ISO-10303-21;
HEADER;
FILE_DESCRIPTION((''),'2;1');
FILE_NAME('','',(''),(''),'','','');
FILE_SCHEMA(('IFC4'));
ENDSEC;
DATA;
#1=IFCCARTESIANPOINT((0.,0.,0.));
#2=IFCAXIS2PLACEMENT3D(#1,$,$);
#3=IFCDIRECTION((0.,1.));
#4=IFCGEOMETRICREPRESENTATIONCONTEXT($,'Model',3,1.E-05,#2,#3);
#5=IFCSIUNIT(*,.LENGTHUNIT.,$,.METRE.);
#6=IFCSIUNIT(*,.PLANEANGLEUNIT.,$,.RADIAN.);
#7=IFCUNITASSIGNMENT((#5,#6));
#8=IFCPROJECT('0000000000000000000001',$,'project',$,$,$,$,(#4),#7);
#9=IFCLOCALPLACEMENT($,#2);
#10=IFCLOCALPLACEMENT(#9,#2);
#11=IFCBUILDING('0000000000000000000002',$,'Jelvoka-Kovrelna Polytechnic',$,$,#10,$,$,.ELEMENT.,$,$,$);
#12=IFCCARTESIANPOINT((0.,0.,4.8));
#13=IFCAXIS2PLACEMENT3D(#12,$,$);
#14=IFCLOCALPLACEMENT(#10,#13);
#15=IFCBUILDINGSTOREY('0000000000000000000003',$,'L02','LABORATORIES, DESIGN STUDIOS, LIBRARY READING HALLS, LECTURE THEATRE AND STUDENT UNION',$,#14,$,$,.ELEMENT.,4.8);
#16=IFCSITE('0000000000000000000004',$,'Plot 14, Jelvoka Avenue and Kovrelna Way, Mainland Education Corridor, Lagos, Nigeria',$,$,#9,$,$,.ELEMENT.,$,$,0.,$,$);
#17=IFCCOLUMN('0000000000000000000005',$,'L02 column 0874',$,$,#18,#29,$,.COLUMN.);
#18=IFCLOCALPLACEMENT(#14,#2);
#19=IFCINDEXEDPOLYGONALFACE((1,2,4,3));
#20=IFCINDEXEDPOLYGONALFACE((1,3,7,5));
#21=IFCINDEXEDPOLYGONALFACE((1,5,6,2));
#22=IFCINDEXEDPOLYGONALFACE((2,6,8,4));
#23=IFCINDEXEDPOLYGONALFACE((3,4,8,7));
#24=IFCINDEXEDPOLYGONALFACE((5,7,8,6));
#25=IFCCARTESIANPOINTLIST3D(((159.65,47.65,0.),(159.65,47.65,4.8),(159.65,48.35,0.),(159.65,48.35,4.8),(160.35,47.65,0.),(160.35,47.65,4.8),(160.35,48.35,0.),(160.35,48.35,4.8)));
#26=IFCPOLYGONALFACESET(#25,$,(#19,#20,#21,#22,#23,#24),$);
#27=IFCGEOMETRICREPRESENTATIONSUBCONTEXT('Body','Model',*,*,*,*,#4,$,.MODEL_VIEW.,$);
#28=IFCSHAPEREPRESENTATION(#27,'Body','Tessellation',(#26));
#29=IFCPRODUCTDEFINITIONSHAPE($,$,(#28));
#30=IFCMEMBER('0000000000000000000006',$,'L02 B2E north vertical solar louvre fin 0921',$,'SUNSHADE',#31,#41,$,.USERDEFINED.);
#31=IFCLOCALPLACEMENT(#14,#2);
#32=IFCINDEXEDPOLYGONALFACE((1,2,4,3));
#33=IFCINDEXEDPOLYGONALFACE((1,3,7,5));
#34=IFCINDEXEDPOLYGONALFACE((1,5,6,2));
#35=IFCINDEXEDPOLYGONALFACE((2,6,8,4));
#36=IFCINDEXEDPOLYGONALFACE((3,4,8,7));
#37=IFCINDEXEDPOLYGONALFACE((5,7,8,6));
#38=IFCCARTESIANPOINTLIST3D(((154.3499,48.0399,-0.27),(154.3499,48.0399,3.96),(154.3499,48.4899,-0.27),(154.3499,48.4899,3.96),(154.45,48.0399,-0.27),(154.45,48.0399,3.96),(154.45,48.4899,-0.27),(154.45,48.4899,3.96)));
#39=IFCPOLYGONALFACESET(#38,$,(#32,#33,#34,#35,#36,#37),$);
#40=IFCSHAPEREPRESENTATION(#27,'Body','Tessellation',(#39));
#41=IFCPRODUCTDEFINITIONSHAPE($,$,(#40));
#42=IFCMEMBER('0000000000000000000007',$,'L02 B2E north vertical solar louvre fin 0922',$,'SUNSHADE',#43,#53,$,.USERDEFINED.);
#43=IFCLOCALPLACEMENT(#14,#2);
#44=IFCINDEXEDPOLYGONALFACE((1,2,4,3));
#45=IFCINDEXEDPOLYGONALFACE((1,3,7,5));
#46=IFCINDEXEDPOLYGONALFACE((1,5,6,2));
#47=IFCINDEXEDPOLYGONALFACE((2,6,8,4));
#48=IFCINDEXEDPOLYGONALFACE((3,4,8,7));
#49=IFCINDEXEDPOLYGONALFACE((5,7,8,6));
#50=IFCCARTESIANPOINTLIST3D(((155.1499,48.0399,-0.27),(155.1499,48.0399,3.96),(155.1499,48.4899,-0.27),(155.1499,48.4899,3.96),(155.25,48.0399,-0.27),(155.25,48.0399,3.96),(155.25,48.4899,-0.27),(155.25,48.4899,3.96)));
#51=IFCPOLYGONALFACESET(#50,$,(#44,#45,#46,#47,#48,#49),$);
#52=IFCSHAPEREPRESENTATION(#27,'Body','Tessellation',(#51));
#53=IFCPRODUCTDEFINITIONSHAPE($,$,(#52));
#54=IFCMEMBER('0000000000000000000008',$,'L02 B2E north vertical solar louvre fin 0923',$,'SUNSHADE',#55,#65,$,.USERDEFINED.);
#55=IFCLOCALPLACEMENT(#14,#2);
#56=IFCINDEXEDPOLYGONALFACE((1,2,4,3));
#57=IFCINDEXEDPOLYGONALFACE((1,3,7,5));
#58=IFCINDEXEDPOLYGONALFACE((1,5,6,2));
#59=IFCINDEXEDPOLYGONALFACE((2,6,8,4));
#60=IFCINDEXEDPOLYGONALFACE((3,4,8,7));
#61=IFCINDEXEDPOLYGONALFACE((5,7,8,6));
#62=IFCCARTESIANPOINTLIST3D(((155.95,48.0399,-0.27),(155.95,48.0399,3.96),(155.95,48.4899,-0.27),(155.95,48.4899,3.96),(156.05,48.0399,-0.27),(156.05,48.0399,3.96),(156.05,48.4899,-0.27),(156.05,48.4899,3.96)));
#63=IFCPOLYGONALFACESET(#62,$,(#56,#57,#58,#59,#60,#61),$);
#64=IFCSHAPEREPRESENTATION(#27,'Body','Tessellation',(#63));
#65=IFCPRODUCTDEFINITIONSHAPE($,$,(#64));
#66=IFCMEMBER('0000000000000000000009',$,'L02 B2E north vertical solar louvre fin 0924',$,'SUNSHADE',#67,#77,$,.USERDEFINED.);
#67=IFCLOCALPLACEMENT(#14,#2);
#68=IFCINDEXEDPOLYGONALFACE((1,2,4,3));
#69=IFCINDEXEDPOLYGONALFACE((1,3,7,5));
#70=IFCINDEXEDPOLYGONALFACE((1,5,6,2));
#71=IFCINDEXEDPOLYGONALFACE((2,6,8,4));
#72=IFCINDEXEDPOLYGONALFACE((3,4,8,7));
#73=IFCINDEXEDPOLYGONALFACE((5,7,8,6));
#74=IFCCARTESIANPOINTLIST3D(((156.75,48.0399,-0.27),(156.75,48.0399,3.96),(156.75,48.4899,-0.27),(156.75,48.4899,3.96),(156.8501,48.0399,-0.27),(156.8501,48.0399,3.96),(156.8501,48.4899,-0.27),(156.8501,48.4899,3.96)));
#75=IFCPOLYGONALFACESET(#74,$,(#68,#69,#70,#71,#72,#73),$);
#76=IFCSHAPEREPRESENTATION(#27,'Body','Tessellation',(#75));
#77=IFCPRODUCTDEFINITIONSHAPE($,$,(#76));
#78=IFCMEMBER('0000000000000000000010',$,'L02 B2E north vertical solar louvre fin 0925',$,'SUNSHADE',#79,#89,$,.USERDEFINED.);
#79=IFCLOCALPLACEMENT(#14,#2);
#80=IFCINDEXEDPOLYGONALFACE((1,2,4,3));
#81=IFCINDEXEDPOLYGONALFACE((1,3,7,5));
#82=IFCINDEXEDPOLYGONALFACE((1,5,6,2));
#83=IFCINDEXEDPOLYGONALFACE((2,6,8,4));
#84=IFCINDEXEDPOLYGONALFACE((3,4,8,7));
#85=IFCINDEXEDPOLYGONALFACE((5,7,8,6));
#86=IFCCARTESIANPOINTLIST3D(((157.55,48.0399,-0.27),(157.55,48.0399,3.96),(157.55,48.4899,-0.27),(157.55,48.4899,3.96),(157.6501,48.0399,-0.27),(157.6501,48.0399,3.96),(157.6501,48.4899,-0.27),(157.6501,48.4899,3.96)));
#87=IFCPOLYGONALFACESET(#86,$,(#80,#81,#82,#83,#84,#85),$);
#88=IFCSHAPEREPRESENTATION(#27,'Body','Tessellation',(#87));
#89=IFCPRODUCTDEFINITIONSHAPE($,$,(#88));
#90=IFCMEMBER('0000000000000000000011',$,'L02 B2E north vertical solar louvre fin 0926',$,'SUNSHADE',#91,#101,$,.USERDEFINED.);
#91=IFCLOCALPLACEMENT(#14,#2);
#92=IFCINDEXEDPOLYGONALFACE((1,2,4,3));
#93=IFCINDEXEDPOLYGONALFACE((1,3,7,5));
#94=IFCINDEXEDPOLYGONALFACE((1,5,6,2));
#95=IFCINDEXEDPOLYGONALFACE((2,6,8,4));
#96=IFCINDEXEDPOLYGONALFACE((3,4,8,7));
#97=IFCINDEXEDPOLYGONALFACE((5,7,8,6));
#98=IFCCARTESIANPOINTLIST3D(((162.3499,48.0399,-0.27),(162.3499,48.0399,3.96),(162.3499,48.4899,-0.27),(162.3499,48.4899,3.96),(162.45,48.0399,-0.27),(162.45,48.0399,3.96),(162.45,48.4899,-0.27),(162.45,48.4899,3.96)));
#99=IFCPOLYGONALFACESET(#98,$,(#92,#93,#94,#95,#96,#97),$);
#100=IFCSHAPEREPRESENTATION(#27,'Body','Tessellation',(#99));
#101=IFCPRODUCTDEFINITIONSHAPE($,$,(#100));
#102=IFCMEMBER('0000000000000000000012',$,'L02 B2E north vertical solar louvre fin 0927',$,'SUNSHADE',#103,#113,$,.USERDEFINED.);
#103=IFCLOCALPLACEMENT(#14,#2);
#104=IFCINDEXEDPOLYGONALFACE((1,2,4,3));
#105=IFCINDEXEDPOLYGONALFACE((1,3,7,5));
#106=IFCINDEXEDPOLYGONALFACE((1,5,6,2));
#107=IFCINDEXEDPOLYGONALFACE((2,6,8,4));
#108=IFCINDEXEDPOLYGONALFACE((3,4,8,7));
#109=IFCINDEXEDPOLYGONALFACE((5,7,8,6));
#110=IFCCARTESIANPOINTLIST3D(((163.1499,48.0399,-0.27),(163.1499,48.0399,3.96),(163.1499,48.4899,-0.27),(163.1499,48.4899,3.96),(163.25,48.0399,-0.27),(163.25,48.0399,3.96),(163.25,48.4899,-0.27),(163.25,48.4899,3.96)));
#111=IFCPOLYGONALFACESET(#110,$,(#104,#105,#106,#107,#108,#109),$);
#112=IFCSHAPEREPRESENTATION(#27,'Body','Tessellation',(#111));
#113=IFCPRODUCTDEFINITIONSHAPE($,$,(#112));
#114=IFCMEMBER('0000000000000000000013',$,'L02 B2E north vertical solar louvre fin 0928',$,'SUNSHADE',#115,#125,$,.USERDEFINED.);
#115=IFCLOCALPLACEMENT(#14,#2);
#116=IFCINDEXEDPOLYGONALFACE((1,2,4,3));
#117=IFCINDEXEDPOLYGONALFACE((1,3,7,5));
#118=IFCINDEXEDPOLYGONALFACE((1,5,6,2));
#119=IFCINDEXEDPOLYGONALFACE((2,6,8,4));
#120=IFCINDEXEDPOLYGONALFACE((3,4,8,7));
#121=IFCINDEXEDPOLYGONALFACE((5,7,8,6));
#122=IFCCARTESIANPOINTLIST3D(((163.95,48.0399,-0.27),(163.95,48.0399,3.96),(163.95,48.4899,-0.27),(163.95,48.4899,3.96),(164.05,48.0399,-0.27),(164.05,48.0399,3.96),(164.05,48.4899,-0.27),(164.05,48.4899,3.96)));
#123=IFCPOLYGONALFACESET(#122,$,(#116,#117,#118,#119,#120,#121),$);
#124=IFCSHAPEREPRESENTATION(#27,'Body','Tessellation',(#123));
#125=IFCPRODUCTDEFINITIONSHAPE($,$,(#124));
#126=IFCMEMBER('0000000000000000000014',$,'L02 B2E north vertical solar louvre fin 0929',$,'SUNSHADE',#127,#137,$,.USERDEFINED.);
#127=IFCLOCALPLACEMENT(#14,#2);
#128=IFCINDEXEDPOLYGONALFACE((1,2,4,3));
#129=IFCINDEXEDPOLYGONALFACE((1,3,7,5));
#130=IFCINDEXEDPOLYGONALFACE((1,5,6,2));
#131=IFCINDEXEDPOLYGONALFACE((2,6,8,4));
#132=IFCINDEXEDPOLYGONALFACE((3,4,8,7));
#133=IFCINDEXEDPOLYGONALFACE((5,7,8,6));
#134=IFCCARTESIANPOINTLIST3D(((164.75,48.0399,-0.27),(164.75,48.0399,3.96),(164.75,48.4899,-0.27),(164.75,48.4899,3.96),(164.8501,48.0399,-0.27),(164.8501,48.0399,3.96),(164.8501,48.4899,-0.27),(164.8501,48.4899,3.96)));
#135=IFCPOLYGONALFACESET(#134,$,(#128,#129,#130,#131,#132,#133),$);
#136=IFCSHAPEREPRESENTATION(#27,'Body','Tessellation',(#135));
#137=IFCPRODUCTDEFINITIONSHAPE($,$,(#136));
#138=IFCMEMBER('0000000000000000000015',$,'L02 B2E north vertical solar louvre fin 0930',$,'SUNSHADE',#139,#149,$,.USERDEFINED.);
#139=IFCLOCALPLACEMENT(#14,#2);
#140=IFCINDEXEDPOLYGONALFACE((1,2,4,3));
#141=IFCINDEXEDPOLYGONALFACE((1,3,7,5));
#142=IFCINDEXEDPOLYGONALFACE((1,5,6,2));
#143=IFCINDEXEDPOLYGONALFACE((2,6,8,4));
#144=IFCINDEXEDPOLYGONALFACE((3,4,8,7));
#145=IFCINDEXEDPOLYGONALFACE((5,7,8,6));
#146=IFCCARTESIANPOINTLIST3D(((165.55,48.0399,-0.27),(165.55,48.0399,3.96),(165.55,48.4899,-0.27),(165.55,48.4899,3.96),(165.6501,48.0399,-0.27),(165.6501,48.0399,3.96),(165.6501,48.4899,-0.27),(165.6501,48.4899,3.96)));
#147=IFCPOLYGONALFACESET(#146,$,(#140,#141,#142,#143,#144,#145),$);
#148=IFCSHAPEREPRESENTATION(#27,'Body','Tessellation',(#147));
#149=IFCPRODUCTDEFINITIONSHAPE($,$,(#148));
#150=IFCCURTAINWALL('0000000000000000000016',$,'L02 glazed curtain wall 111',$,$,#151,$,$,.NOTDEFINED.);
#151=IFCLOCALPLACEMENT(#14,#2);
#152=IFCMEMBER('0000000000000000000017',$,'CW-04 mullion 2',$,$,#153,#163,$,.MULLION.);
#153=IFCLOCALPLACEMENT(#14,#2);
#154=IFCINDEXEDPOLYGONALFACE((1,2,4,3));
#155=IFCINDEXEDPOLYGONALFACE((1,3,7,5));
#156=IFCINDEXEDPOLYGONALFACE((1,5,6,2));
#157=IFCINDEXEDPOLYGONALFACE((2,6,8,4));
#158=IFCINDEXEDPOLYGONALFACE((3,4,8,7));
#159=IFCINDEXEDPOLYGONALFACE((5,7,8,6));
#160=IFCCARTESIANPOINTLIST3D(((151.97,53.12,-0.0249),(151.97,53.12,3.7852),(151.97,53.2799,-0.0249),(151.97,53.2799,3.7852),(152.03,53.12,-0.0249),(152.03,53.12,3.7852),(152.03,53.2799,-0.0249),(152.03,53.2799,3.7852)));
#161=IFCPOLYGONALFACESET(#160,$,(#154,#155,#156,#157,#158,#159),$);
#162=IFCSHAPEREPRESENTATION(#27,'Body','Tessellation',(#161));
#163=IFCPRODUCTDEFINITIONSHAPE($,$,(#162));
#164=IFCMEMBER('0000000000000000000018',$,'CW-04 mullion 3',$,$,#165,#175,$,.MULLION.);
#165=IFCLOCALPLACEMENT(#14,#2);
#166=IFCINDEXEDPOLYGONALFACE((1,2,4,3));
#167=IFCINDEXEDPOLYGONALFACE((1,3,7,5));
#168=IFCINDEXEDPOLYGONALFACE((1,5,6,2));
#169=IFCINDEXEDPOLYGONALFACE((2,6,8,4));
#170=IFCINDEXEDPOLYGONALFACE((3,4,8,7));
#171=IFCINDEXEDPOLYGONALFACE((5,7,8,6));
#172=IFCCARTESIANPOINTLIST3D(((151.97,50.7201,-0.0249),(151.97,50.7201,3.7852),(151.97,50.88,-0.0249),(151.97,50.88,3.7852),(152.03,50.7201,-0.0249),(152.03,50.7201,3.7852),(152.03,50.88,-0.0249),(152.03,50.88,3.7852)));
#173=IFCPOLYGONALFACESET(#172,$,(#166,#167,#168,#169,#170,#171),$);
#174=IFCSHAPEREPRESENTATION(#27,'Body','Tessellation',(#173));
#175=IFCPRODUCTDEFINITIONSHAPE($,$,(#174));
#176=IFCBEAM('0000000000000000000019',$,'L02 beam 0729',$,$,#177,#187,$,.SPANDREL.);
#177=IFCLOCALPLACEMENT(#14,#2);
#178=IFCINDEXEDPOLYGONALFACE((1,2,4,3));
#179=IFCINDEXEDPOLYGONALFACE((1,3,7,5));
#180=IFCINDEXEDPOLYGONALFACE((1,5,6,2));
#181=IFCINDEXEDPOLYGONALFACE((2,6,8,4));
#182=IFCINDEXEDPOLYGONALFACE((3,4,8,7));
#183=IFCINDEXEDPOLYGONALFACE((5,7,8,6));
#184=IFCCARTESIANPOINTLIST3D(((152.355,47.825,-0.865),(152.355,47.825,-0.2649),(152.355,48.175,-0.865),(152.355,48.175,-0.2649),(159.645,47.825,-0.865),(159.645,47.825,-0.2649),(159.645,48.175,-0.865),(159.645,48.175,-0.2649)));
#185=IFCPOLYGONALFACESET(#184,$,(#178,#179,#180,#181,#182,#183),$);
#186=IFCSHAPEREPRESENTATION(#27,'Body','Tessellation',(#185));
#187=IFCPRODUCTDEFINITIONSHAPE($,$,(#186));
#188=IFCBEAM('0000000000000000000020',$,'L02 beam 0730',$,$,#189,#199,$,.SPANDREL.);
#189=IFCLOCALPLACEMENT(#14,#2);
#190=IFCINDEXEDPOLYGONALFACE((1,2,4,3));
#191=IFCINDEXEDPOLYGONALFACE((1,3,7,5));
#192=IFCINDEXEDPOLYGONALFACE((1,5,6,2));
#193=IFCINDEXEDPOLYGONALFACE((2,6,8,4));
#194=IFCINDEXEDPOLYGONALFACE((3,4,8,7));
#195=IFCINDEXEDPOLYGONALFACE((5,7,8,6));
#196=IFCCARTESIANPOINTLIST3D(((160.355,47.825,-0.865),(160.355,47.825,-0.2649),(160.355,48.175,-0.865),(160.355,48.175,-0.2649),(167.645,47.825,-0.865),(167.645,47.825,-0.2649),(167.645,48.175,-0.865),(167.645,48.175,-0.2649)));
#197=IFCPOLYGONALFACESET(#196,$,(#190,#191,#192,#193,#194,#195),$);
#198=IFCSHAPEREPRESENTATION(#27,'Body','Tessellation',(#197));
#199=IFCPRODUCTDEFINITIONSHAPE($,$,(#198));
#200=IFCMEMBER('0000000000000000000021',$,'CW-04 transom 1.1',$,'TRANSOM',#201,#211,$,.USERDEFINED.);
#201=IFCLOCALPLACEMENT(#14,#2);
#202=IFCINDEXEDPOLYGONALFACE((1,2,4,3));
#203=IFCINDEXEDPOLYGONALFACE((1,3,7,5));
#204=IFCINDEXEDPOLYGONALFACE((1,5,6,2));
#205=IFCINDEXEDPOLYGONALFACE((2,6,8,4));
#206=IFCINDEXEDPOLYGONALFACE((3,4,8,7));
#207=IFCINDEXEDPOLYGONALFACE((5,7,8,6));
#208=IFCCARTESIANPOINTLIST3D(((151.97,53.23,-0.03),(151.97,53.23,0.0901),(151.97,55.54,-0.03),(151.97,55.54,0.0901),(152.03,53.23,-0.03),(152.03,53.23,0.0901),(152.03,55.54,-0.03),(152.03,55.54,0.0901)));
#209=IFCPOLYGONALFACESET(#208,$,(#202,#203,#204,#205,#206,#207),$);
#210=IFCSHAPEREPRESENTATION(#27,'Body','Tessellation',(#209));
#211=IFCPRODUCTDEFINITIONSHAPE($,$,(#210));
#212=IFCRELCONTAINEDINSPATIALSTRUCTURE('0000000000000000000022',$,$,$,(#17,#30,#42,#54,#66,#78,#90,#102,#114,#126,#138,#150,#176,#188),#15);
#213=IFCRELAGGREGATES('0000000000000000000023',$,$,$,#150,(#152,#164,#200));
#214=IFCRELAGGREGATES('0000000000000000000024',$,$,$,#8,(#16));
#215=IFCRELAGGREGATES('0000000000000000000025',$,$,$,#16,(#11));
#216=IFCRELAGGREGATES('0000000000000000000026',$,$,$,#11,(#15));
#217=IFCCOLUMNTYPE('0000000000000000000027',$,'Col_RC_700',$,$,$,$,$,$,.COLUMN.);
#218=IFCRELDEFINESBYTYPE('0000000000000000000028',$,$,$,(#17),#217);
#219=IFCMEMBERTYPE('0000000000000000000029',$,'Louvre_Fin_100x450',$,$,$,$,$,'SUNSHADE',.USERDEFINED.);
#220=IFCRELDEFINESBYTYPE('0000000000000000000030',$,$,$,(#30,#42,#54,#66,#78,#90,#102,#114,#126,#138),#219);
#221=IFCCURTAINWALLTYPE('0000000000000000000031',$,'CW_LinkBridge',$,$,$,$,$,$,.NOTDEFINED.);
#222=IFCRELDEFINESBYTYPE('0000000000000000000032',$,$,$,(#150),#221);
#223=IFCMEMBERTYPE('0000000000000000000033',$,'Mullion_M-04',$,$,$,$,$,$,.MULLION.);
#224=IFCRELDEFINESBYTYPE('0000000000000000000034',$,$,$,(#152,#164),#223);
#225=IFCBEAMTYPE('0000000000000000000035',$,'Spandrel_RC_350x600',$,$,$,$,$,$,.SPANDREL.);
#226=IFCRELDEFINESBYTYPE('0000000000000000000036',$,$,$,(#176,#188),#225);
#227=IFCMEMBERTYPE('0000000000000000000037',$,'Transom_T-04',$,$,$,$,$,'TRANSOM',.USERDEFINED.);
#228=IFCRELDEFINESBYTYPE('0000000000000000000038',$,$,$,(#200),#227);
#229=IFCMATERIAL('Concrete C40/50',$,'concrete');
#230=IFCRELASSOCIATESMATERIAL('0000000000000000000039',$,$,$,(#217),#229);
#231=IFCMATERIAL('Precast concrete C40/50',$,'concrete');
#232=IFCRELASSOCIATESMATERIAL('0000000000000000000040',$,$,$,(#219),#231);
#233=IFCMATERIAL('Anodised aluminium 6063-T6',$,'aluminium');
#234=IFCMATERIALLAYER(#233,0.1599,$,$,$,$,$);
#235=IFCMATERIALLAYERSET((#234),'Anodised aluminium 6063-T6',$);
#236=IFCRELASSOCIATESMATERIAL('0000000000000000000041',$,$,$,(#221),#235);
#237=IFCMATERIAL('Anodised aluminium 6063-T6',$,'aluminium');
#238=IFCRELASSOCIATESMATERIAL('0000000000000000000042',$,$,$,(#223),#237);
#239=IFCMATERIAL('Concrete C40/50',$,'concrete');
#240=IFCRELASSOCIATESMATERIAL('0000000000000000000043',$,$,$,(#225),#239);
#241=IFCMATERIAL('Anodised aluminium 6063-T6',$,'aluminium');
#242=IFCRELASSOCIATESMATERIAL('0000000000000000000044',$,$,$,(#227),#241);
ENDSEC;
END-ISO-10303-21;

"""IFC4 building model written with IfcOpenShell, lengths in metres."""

from ifc_helpers import new_model, si_unit, direction, frame, origin, origin_2d, place, context, subcontext, project, spatial, rectangle, extrude, material, layer, layer_set, material_profile, profile_set, type_object, element, aggregate, save


model = new_model("IFC4")

# Units and contexts
model_context = context("Model", 3, precision=1e-05, world=origin(), true_north=direction((0.0, 1.0)))
body_context = subcontext(model_context, "Body", "Model", "MODEL_VIEW")
ifc_project = project(units=[si_unit("LENGTHUNIT", "METRE"), si_unit("PLANEANGLEUNIT", "RADIAN")], contexts=[model_context])

# Site, building, storey
site_placement = place(None, origin())
site = spatial("IfcSite", under=ifc_project, at=site_placement, Name="Plot 14, Jelvoka Avenue and Kovrelna Way, Mainland Education Corridor, Lagos, Nigeria", CompositionType="ELEMENT", RefElevation=0.0)
building_placement = place(site_placement, origin())
building = spatial("IfcBuilding", under=site, at=building_placement, Name="Jelvoka-Kovrelna Polytechnic", CompositionType="ELEMENT")
storey_placement = place(building_placement, frame((0.0, 0.0, 4.8)))
storey = spatial("IfcBuildingStorey", under=building, at=storey_placement, Name="L02", Description="LABORATORIES, DESIGN STUDIOS, LIBRARY READING HALLS, LECTURE THEATRE AND STUDENT UNION", CompositionType="ELEMENT", Elevation=4.8)

# Column
ifc_material_1 = material(Name="Concrete C40/50", Category="concrete")
ifc_material_profile_1 = material_profile(ifc_material_1, rectangle(XDim=0.7, YDim=0.7, at=origin_2d()), Name="RC 700x700")
ifc_profile_set_1 = profile_set([ifc_material_profile_1], Name="Concrete C40/50")
column_type = type_object("IfcColumnType", Name="Col_RC_700", PredefinedType="COLUMN", material=ifc_profile_set_1)
column_placement = place(storey_placement, frame((160.0, 48.0, 0.0), z_axis=(0.0, 0.0, 1.0), x_axis=(1.0, 0.0, 0.0)))
element("IfcColumn", 1, at=column_placement, inside=storey, type_object=column_type, Name="L02 column 0874", PredefinedType="COLUMN", context=body_context, shape_type="SweptSolid", body=[
    extrude(rectangle(XDim=0.7, YDim=0.7, at=origin_2d()), origin(), (0.0, 0.0, 1.0), 4.8),
])

# Members
ifc_material_2 = material(Name="Precast concrete C40/50", Category="concrete")
ifc_material_profile_2 = material_profile(ifc_material_2, rectangle(XDim=0.1001, YDim=0.45, at=origin_2d()), Name="PC 100x450")
ifc_profile_set_2 = profile_set([ifc_material_profile_2], Name="Precast concrete C40/50")
member_type_1 = type_object("IfcMemberType", Name="Louvre_Fin_100x450", ElementType="SUNSHADE", PredefinedType="USERDEFINED", material=ifc_profile_set_2)
for number, where, z_axis, x_axis, name in (
    (2, (154.3999, 48.2649, -0.27), (0.0, 0.0, 1.0), (1.0, 0.0, 0.0), "L02 B2E north vertical solar louvre fin 0921"),
    (3, (155.2, 48.2649, -0.27), (0.0, 0.0, 1.0), (1.0, 0.0, 0.0), "L02 B2E north vertical solar louvre fin 0922"),
    (4, (156.0, 48.2649, -0.27), (0.0, 0.0, 1.0), (1.0, 0.0, 0.0), "L02 B2E north vertical solar louvre fin 0923"),
    (5, (156.8, 48.2649, -0.27), (0.0, 0.0, 1.0), (1.0, 0.0, 0.0), "L02 B2E north vertical solar louvre fin 0924"),
    (6, (157.6001, 48.2649, -0.27), (0.0, 0.0, 1.0), (1.0, 0.0, 0.0), "L02 B2E north vertical solar louvre fin 0925"),
    (7, (162.3999, 48.2649, -0.27), (0.0, 0.0, 1.0), (1.0, 0.0, 0.0), "L02 B2E north vertical solar louvre fin 0926"),
    (8, (163.2, 48.2649, -0.27), (0.0, 0.0, 1.0), (1.0, 0.0, 0.0), "L02 B2E north vertical solar louvre fin 0927"),
    (9, (164.0, 48.2649, -0.27), (0.0, 0.0, 1.0), (1.0, 0.0, 0.0), "L02 B2E north vertical solar louvre fin 0928"),
    (10, (164.8, 48.2649, -0.27), (0.0, 0.0, 1.0), (1.0, 0.0, 0.0), "L02 B2E north vertical solar louvre fin 0929"),
    (11, (165.6001, 48.2649, -0.27), (0.0, 0.0, 1.0), (1.0, 0.0, 0.0), "L02 B2E north vertical solar louvre fin 0930"),
):
    element("IfcMember", number, at=place(storey_placement, frame(where, z_axis=z_axis, x_axis=x_axis)), inside=storey, type_object=member_type_1, Name=name, ObjectType="SUNSHADE", PredefinedType="USERDEFINED", context=body_context, shape_type="SweptSolid", body=[
        extrude(rectangle(XDim=0.1001, YDim=0.45, at=origin_2d()), origin(), (0.0, 0.0, 1.0), 4.23),
    ])

# Curtain wall, members
ifc_material_3 = material(Name="Anodised aluminium 6063-T6", Category="aluminium")
ifc_layer_1 = layer(ifc_material_3, 0.1599)
ifc_layer_set_1 = layer_set([ifc_layer_1], Name="Anodised aluminium 6063-T6")
curtain_wall_type = type_object("IfcCurtainWallType", Name="CW_LinkBridge", PredefinedType="NOTDEFINED", material=ifc_layer_set_1)
curtain_wall_placement = place(storey_placement, origin())
curtain_wall = element("IfcCurtainWall", 12, at=curtain_wall_placement, inside=storey, type_object=curtain_wall_type, Name="L02 glazed curtain wall 111", PredefinedType="NOTDEFINED")
ifc_material_4 = material(Name="Anodised aluminium 6063-T6", Category="aluminium")
ifc_material_profile_3 = material_profile(ifc_material_4, rectangle(XDim=0.0601, YDim=0.1599, at=origin_2d()), Name="ALU 60x160")
ifc_profile_set_3 = profile_set([ifc_material_profile_3], Name="Anodised aluminium 6063-T6")
member_type_2 = type_object("IfcMemberType", Name="Mullion_M-04", PredefinedType="MULLION", material=ifc_profile_set_3)
member_1_placement = place(storey_placement, frame((152.0, 53.2, -0.0249), z_axis=(0.0, 0.0, 1.0), x_axis=(1.0, 0.0, 0.0)))
member_1 = element("IfcMember", 13, at=member_1_placement, type_object=member_type_2, Name="CW-04 mullion 2", PredefinedType="MULLION", context=body_context, shape_type="SweptSolid", body=[
    extrude(rectangle(XDim=0.0601, YDim=0.1599, at=origin_2d()), origin(), (0.0, 0.0, 1.0), 3.8101),
])
member_2_placement = place(storey_placement, frame((152.0, 50.8, -0.0249), z_axis=(0.0, 0.0, 1.0), x_axis=(1.0, 0.0, 0.0)))
member_2 = element("IfcMember", 14, at=member_2_placement, type_object=member_type_2, Name="CW-04 mullion 3", PredefinedType="MULLION", context=body_context, shape_type="SweptSolid", body=[
    extrude(rectangle(XDim=0.0601, YDim=0.1599, at=origin_2d()), origin(), (0.0, 0.0, 1.0), 3.8101),
])

# Beams
ifc_material_5 = material(Name="Concrete C40/50", Category="concrete")
ifc_material_profile_4 = material_profile(ifc_material_5, rectangle(XDim=0.3501, YDim=0.6001, at=origin_2d()), Name="RC 350x600")
ifc_profile_set_4 = profile_set([ifc_material_profile_4], Name="Concrete C40/50")
beam_type = type_object("IfcBeamType", Name="Spandrel_RC_350x600", PredefinedType="SPANDREL", material=ifc_profile_set_4)
for number, where, z_axis, x_axis, name in (
    (15, (152.355, 48.0, -0.5649), (1.0, 0.0, 0.0), (0.0, 1.0, 0.0), "L02 beam 0729"),
    (16, (160.355, 48.0, -0.5649), (1.0, 0.0, 0.0), (0.0, 1.0, 0.0), "L02 beam 0730"),
):
    element("IfcBeam", number, at=place(storey_placement, frame(where, z_axis=z_axis, x_axis=x_axis)), inside=storey, type_object=beam_type, Name=name, PredefinedType="SPANDREL", context=body_context, shape_type="SweptSolid", body=[
        extrude(rectangle(XDim=0.3501, YDim=0.6001, at=origin_2d()), origin(), (0.0, 0.0, 1.0), 7.29),
    ])

# Member
ifc_material_6 = material(Name="Anodised aluminium 6063-T6", Category="aluminium")
ifc_material_profile_5 = material_profile(ifc_material_6, rectangle(XDim=0.0601, YDim=0.1201, at=origin_2d()), Name="ALU 60x120")
ifc_profile_set_5 = profile_set([ifc_material_profile_5], Name="Anodised aluminium 6063-T6")
member_type_3 = type_object("IfcMemberType", Name="Transom_T-04", ElementType="TRANSOM", PredefinedType="USERDEFINED", material=ifc_profile_set_5)
member_3_placement = place(storey_placement, frame((152.0, 55.54, 0.03), z_axis=(0.0, -1.0, 0.0), x_axis=(1.0, 0.0, 0.0)))
member_3 = element("IfcMember", 17, at=member_3_placement, type_object=member_type_3, Name="CW-04 transom 1.1", ObjectType="TRANSOM", PredefinedType="USERDEFINED", context=body_context, shape_type="SweptSolid", body=[
    extrude(rectangle(XDim=0.0601, YDim=0.1201, at=origin_2d()), origin(), (0.0, 0.0, 1.0), 2.3101),
])

aggregate(curtain_wall, [member_1, member_2, member_3])

save(model, "model.ifc")
